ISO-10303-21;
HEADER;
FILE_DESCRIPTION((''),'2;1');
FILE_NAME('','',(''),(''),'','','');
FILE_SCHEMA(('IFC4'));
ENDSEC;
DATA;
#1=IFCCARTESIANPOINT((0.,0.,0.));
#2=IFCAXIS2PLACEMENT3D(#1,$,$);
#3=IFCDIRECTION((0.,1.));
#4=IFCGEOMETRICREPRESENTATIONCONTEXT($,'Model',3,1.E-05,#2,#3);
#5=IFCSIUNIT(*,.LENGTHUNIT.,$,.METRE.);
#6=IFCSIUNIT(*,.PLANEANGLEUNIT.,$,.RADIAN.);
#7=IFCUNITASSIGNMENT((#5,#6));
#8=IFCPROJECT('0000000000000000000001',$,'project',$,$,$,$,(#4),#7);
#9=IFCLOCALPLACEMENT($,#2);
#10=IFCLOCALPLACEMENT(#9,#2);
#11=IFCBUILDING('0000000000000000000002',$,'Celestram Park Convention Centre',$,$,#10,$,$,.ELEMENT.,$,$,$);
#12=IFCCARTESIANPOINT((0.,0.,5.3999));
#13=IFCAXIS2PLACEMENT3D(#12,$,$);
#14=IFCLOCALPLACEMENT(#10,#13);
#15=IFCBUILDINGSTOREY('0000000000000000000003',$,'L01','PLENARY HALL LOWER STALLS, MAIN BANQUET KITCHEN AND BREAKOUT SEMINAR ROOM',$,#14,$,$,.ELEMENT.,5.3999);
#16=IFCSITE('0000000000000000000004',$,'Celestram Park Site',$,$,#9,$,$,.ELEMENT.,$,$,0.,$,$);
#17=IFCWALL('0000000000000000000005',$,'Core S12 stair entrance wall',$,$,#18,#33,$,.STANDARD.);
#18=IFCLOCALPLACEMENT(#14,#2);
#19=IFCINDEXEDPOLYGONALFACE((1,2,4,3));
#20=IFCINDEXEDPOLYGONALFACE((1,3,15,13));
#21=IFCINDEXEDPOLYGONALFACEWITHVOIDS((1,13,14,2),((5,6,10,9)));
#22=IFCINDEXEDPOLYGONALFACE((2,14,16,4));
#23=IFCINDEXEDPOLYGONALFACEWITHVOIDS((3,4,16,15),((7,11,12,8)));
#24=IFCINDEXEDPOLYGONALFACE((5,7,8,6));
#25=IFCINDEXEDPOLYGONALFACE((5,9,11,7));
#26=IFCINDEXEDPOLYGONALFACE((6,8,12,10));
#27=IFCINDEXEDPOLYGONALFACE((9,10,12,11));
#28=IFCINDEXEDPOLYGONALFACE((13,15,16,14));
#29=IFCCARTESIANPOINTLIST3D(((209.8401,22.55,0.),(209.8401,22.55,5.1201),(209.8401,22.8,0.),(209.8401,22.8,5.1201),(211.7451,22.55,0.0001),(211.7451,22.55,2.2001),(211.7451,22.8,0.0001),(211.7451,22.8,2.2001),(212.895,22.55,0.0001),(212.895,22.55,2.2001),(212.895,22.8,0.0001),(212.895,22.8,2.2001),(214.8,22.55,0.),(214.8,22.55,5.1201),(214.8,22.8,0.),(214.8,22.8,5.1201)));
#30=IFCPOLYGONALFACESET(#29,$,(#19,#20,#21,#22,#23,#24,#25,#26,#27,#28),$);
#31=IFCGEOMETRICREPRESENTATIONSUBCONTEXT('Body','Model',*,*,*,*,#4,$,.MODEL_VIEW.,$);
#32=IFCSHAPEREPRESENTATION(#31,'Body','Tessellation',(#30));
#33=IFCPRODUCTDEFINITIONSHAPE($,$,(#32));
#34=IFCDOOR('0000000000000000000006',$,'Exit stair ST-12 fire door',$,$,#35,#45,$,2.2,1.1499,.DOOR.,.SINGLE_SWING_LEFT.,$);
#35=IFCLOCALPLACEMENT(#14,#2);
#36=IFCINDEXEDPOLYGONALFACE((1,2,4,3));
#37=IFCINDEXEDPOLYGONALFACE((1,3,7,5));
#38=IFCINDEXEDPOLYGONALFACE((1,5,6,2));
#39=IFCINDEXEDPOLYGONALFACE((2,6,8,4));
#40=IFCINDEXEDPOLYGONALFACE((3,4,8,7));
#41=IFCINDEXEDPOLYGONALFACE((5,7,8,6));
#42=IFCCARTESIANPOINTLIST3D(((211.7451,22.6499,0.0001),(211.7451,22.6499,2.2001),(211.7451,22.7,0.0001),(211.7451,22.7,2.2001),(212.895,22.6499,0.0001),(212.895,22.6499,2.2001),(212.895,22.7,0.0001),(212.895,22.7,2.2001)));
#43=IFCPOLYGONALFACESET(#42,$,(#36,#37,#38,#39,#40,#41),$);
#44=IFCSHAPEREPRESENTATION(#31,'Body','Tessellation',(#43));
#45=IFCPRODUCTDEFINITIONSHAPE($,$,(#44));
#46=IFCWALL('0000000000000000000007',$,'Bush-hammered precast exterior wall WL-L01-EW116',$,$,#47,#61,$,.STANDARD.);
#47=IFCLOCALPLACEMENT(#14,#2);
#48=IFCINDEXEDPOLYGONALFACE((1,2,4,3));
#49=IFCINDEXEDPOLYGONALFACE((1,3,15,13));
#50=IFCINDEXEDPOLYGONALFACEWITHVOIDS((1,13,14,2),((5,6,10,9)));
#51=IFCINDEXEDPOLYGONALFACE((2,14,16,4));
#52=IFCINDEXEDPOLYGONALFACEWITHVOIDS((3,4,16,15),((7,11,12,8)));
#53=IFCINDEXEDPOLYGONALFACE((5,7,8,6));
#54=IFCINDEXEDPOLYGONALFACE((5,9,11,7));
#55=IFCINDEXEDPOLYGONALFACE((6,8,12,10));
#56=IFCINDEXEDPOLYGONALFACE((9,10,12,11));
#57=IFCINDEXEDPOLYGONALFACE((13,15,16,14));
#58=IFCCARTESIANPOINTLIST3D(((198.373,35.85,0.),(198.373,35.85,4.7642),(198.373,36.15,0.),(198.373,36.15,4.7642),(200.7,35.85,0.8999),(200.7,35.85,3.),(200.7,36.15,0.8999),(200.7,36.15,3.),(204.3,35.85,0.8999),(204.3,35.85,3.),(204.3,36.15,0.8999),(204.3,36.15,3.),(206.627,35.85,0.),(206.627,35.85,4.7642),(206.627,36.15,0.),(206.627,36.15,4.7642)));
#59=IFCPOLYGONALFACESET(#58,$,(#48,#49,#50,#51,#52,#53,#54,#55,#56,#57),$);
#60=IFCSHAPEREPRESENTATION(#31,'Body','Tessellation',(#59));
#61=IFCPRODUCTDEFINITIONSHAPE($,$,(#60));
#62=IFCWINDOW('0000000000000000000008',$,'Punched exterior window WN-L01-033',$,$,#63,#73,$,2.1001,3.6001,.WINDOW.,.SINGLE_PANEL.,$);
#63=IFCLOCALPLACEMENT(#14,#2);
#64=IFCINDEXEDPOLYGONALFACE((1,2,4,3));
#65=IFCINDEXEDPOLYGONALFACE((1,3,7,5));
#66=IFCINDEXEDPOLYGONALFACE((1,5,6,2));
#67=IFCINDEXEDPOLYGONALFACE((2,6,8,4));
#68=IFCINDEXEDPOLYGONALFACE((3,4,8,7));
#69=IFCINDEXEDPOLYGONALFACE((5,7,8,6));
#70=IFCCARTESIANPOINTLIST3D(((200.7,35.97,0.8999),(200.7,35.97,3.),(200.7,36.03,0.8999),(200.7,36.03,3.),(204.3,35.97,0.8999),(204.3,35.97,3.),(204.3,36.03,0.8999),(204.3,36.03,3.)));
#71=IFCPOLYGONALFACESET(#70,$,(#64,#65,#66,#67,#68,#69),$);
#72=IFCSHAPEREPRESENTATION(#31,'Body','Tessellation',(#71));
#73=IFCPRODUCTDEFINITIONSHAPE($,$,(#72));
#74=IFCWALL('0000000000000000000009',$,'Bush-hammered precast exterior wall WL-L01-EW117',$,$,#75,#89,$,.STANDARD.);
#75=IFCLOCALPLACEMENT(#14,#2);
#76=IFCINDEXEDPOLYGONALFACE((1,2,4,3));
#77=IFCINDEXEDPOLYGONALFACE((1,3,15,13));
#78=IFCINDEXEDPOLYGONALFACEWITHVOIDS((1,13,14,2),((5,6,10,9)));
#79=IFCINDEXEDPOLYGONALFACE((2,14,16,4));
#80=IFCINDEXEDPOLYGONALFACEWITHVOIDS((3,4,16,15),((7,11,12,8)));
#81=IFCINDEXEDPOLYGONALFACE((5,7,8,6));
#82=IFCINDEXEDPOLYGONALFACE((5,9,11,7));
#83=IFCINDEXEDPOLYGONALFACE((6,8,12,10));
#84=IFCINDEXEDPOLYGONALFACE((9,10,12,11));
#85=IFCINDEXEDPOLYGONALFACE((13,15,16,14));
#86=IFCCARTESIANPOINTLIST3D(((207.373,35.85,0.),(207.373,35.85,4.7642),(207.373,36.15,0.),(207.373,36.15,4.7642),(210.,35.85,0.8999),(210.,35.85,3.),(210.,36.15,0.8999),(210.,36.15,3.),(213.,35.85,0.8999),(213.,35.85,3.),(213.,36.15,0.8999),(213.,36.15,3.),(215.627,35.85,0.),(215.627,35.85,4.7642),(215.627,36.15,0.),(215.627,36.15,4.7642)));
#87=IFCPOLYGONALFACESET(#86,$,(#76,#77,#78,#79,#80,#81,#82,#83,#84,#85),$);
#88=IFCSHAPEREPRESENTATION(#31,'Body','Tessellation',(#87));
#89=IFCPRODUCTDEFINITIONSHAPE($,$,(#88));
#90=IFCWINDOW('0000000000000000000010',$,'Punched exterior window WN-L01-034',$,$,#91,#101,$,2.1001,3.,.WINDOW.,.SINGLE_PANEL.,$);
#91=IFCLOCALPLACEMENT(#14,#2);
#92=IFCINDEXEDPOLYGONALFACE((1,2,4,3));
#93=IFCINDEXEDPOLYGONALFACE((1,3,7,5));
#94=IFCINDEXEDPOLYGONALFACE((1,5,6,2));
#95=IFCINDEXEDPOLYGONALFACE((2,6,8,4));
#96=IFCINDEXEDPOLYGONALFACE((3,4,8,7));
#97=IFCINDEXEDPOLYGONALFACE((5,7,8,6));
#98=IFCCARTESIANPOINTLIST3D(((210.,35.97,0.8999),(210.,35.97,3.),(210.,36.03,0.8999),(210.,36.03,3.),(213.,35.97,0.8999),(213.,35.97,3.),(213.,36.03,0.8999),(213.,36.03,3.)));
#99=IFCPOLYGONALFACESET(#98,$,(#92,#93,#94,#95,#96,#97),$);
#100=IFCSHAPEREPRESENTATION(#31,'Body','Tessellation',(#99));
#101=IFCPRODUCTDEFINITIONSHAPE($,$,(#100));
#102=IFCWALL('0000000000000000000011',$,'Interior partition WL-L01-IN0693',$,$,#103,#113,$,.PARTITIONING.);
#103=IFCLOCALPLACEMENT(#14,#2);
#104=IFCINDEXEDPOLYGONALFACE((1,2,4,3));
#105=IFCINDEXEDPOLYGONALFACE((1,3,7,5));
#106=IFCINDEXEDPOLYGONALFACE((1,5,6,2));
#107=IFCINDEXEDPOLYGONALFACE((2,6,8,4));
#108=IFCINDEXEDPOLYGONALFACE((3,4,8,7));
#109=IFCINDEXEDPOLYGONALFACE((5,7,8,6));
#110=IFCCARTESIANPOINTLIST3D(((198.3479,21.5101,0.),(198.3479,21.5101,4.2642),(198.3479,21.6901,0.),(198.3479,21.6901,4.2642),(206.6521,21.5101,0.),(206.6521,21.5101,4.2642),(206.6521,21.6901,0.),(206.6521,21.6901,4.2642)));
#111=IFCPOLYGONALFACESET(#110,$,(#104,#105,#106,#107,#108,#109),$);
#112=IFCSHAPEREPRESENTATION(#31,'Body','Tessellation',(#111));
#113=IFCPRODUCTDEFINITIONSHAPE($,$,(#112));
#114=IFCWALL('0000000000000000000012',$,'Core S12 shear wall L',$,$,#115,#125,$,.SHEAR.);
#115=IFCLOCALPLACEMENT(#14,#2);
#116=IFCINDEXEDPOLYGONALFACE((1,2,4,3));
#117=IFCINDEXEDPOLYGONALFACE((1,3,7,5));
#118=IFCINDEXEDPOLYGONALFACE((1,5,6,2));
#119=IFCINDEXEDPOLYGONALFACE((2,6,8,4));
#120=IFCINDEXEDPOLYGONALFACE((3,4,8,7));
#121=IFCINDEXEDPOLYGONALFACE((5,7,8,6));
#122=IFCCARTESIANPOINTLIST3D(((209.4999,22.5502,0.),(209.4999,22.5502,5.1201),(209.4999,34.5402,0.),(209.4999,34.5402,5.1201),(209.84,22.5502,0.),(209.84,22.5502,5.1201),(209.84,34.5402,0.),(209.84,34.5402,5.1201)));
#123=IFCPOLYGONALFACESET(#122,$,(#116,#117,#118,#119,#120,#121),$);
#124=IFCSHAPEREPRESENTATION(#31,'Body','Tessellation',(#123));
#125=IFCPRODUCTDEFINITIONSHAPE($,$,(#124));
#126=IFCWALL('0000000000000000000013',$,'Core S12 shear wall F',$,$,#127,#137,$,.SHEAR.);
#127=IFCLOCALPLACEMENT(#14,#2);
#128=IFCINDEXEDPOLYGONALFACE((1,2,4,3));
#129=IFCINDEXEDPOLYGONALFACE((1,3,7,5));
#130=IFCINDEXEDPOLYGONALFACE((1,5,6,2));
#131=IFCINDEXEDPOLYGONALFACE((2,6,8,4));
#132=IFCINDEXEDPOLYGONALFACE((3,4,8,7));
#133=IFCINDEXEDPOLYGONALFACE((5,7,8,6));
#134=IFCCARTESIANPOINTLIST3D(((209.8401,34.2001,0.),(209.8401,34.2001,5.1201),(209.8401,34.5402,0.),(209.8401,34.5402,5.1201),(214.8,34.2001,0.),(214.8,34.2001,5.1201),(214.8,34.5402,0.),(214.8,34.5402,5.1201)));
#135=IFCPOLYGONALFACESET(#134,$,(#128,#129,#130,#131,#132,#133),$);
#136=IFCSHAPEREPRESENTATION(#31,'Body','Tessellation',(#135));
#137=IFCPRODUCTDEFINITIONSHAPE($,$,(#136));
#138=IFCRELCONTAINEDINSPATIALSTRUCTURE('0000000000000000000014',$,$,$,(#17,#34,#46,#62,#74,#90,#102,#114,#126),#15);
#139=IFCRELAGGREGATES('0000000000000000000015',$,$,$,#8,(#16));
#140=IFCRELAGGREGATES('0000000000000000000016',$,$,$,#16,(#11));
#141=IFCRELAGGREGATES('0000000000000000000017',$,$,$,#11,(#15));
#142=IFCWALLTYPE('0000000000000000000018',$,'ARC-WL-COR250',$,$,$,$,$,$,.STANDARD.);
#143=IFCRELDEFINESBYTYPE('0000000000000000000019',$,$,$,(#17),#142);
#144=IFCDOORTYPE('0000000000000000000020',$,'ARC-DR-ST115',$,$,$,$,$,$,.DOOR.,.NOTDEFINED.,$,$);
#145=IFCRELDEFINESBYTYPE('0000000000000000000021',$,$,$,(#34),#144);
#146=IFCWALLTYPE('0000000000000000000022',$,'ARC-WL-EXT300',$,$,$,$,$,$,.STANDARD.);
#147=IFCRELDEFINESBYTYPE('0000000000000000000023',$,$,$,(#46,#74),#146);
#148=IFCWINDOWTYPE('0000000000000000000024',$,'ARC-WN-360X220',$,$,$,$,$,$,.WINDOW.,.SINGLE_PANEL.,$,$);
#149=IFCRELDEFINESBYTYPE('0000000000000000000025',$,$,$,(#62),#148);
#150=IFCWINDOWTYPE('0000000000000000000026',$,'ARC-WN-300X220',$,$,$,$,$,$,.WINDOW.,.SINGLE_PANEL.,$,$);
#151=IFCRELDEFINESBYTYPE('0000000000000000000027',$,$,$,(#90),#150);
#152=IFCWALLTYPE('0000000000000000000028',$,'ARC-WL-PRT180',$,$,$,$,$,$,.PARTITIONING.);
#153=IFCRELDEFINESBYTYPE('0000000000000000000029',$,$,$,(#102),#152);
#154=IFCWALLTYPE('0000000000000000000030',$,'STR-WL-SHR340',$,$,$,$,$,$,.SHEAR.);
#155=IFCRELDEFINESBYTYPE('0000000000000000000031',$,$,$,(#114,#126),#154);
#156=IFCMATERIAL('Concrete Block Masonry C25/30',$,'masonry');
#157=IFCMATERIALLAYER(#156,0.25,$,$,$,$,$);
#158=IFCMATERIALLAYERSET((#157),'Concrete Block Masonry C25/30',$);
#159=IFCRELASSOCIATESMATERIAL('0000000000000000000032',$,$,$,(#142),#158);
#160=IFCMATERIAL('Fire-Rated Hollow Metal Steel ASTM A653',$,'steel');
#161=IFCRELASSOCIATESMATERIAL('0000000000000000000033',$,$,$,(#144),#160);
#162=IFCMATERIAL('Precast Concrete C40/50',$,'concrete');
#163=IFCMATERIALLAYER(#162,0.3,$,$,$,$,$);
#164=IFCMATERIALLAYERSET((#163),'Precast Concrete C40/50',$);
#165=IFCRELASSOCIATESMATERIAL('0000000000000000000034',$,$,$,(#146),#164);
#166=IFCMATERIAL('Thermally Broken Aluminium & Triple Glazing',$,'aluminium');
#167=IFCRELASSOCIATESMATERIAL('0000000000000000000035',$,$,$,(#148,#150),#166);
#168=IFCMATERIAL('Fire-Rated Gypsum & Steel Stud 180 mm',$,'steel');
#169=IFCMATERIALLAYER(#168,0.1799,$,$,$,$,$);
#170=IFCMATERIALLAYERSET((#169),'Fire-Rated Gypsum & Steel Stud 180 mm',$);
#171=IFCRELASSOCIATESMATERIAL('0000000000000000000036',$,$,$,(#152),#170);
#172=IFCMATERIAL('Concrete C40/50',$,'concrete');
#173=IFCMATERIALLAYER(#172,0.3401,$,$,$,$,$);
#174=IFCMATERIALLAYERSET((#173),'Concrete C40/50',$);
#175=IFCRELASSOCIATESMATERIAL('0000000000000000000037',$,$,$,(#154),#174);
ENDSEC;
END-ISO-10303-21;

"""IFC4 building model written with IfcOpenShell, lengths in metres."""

from ifc_helpers import new_model, si_unit, direction, frame, frame_2d, origin, place, context, subcontext, project, spatial, rectangle, extrude, material, layer, layer_set, type_object, element, fill, save


model = new_model("IFC4")

# Units and contexts
model_context = context("Model", 3, precision=1e-05, world=origin(), true_north=direction((0.0, 1.0)))
body_context = subcontext(model_context, "Body", "Model", "MODEL_VIEW")
ifc_project = project(units=[si_unit("LENGTHUNIT", "METRE"), si_unit("PLANEANGLEUNIT", "RADIAN")], contexts=[model_context])

# Site, building, storey
site_placement = place(None, origin())
site = spatial("IfcSite", under=ifc_project, at=site_placement, Name="Celestram Park Site", CompositionType="ELEMENT", RefElevation=0.0)
building_placement = place(site_placement, origin())
building = spatial("IfcBuilding", under=site, at=building_placement, Name="Celestram Park Convention Centre", CompositionType="ELEMENT")
storey_placement = place(building_placement, frame((0.0, 0.0, 5.3999)))
storey = spatial("IfcBuildingStorey", under=building, at=storey_placement, Name="L01", Description="PLENARY HALL LOWER STALLS, MAIN BANQUET KITCHEN AND BREAKOUT SEMINAR ROOM", CompositionType="ELEMENT", Elevation=5.3999)

# Shared definitions
ifc_material_1 = material(Name="Concrete C40/50", Category="concrete")

# Wall, opening, door
ifc_material_2 = material(Name="Concrete Block Masonry C25/30", Category="masonry")
ifc_layer_1 = layer(ifc_material_2, 0.25)
ifc_layer_set_1 = layer_set([ifc_layer_1], Name="Concrete Block Masonry C25/30")
wall_type_1 = type_object("IfcWallType", Name="ARC-WL-COR250", PredefinedType="STANDARD", material=ifc_layer_set_1)
wall_1_placement = place(storey_placement, frame((209.8401, 22.675, 0.0), z_axis=(0.0, 0.0, 1.0), x_axis=(1.0, 0.0, 0.0)))
wall_1 = element("IfcWall", 1, at=wall_1_placement, inside=storey, type_object=wall_type_1, Name="Core S12 stair entrance wall", PredefinedType="STANDARD", context=body_context, shape_type="SweptSolid", body=[
    extrude(rectangle(XDim=4.96, YDim=0.25, at=frame_2d((2.48, 0.0))), origin(), (0.0, 0.0, 1.0), 5.1201),
])
opening_1_placement = place(wall_1_placement, frame((1.905, 0.0, 0.0)))
opening_1 = element("IfcOpeningElement", 2, at=opening_1_placement, cuts=wall_1, PredefinedType="OPENING", context=body_context, shape_type="SweptSolid", body=[
    extrude(rectangle(XDim=1.1499, YDim=2.2, at=frame_2d((0.575, 1.1001))), frame((0.0, 0.135, 0.0), z_axis=(0.0, -1.0, 0.0), x_axis=(1.0, 0.0, 0.0)), (0.0, 0.0, 1.0), 0.27),
])
ifc_material_3 = material(Name="Fire-Rated Hollow Metal Steel ASTM A653", Category="steel")
door_type = type_object("IfcDoorType", Name="ARC-DR-ST115", OperationType="NOTDEFINED", PredefinedType="DOOR", material=ifc_material_3)
door_placement = place(opening_1_placement, origin())
door = element("IfcDoor", 3, at=door_placement, inside=storey, type_object=door_type, Name="Exit stair ST-12 fire door", OperationType="SINGLE_SWING_LEFT", OverallHeight=2.2, OverallWidth=1.1499, PredefinedType="DOOR", context=body_context, shape_type="SweptSolid", body=[
    extrude(rectangle(XDim=1.1499, YDim=2.2, at=frame_2d((0.575, 1.1001))), frame((0.0, 0.0249, 0.0), z_axis=(0.0, -1.0, 0.0), x_axis=(1.0, 0.0, 0.0)), (0.0, 0.0, 1.0), 0.05),
])
fill(opening_1, door)

# Walls, openings, windows
ifc_material_4 = material(Name="Precast Concrete C40/50", Category="concrete")
ifc_layer_2 = layer(ifc_material_4, 0.3)
ifc_layer_set_2 = layer_set([ifc_layer_2], Name="Precast Concrete C40/50")
wall_type_2 = type_object("IfcWallType", Name="ARC-WL-EXT300", PredefinedType="STANDARD", material=ifc_layer_set_2)
wall_2_placement = place(storey_placement, frame((198.373, 36.0, 0.0), z_axis=(0.0, 0.0, 1.0), x_axis=(1.0, 0.0, 0.0)))
wall_2 = element("IfcWall", 4, at=wall_2_placement, inside=storey, type_object=wall_type_2, Name="Bush-hammered precast exterior wall WL-L01-EW116", PredefinedType="STANDARD", context=body_context, shape_type="SweptSolid", body=[
    extrude(rectangle(XDim=8.2539, YDim=0.3, at=frame_2d((4.127, 0.0))), origin(), (0.0, 0.0, 1.0), 4.7642),
])
opening_2_placement = place(wall_2_placement, frame((2.3269, 0.0, 0.8999)))
opening_2 = element("IfcOpeningElement", 5, at=opening_2_placement, cuts=wall_2, PredefinedType="OPENING", context=body_context, shape_type="SweptSolid", body=[
    extrude(rectangle(XDim=3.6001, YDim=2.1001, at=frame_2d((1.8, 1.05))), frame((0.0, 0.1599, 0.0), z_axis=(0.0, -1.0, 0.0), x_axis=(1.0, 0.0, 0.0)), (0.0, 0.0, 1.0), 0.3201),
])
ifc_material_5 = material(Name="Thermally Broken Aluminium & Triple Glazing", Category="aluminium")
window_type_1 = type_object("IfcWindowType", Name="ARC-WN-360X220", PartitioningType="SINGLE_PANEL", PredefinedType="WINDOW", material=ifc_material_5)
window_1_placement = place(opening_2_placement, origin())
window_1 = element("IfcWindow", 6, at=window_1_placement, inside=storey, type_object=window_type_1, Name="Punched exterior window WN-L01-033", OverallHeight=2.1001, OverallWidth=3.6001, PartitioningType="SINGLE_PANEL", PredefinedType="WINDOW", context=body_context, shape_type="SweptSolid", body=[
    extrude(rectangle(XDim=3.6001, YDim=2.1001, at=frame_2d((1.8, 1.05))), frame((0.0, 0.03, 0.0), z_axis=(0.0, -1.0, 0.0), x_axis=(1.0, 0.0, 0.0)), (0.0, 0.0, 1.0), 0.0601),
])
fill(opening_2, window_1)
wall_3_placement = place(storey_placement, frame((207.373, 36.0, 0.0), z_axis=(0.0, 0.0, 1.0), x_axis=(1.0, 0.0, 0.0)))
wall_3 = element("IfcWall", 7, at=wall_3_placement, inside=storey, type_object=wall_type_2, Name="Bush-hammered precast exterior wall WL-L01-EW117", PredefinedType="STANDARD", context=body_context, shape_type="SweptSolid", body=[
    extrude(rectangle(XDim=8.2539, YDim=0.3, at=frame_2d((4.127, 0.0))), origin(), (0.0, 0.0, 1.0), 4.7642),
])
opening_3_placement = place(wall_3_placement, frame((2.627, 0.0, 0.8999)))
opening_3 = element("IfcOpeningElement", 8, at=opening_3_placement, cuts=wall_3, PredefinedType="OPENING", context=body_context, shape_type="SweptSolid", body=[
    extrude(rectangle(XDim=3.0, YDim=2.1001, at=frame_2d((1.5, 1.05))), frame((0.0, 0.1599, 0.0), z_axis=(0.0, -1.0, 0.0), x_axis=(1.0, 0.0, 0.0)), (0.0, 0.0, 1.0), 0.3201),
])
window_type_2 = type_object("IfcWindowType", Name="ARC-WN-300X220", PartitioningType="SINGLE_PANEL", PredefinedType="WINDOW", material=ifc_material_5)
window_2_placement = place(opening_3_placement, origin())
window_2 = element("IfcWindow", 9, at=window_2_placement, inside=storey, type_object=window_type_2, Name="Punched exterior window WN-L01-034", OverallHeight=2.1001, OverallWidth=3.0, PartitioningType="SINGLE_PANEL", PredefinedType="WINDOW", context=body_context, shape_type="SweptSolid", body=[
    extrude(rectangle(XDim=3.0, YDim=2.1001, at=frame_2d((1.5, 1.05))), frame((0.0, 0.03, 0.0), z_axis=(0.0, -1.0, 0.0), x_axis=(1.0, 0.0, 0.0)), (0.0, 0.0, 1.0), 0.0601),
])
fill(opening_3, window_2)

# Walls
ifc_material_6 = material(Name="Fire-Rated Gypsum & Steel Stud 180 mm", Category="steel")
ifc_layer_3 = layer(ifc_material_6, 0.1799)
ifc_layer_set_3 = layer_set([ifc_layer_3], Name="Fire-Rated Gypsum & Steel Stud 180 mm")
wall_type_3 = type_object("IfcWallType", Name="ARC-WL-PRT180", PredefinedType="PARTITIONING", material=ifc_layer_set_3)
wall_4_placement = place(storey_placement, frame((198.3479, 21.6001, 0.0), z_axis=(0.0, 0.0, 1.0), x_axis=(1.0, 0.0, 0.0)))
element("IfcWall", 10, at=wall_4_placement, inside=storey, type_object=wall_type_3, Name="Interior partition WL-L01-IN0693", PredefinedType="PARTITIONING", context=body_context, shape_type="SweptSolid", body=[
    extrude(rectangle(XDim=8.3042, YDim=0.1799, at=frame_2d((4.1521, 0.0))), origin(), (0.0, 0.0, 1.0), 4.2642),
])
ifc_layer_4 = layer(ifc_material_1, 0.3401)
ifc_layer_set_4 = layer_set([ifc_layer_4], Name="Concrete C40/50")
wall_type_4 = type_object("IfcWallType", Name="STR-WL-SHR340", PredefinedType="SHEAR", material=ifc_layer_set_4)
wall_5_placement = place(storey_placement, frame((209.6699, 22.55, 0.0), z_axis=(0.0, 0.0, 1.0), x_axis=(0.0, 1.0, 0.0)))
element("IfcWall", 11, at=wall_5_placement, inside=storey, type_object=wall_type_4, Name="Core S12 shear wall L", PredefinedType="SHEAR", context=body_context, shape_type="SweptSolid", body=[
    extrude(rectangle(XDim=11.99, YDim=0.3401, at=frame_2d((5.9951, 0.0))), origin(), (0.0, 0.0, 1.0), 5.1201),
])
wall_6_placement = place(storey_placement, frame((209.8401, 34.3701, 0.0), z_axis=(0.0, 0.0, 1.0), x_axis=(1.0, 0.0, 0.0)))
element("IfcWall", 12, at=wall_6_placement, inside=storey, type_object=wall_type_4, Name="Core S12 shear wall F", PredefinedType="SHEAR", context=body_context, shape_type="SweptSolid", body=[
    extrude(rectangle(XDim=4.96, YDim=0.3401, at=frame_2d((2.48, 0.0))), origin(), (0.0, 0.0, 1.0), 5.1201),
])

save(model, "model.ifc")
